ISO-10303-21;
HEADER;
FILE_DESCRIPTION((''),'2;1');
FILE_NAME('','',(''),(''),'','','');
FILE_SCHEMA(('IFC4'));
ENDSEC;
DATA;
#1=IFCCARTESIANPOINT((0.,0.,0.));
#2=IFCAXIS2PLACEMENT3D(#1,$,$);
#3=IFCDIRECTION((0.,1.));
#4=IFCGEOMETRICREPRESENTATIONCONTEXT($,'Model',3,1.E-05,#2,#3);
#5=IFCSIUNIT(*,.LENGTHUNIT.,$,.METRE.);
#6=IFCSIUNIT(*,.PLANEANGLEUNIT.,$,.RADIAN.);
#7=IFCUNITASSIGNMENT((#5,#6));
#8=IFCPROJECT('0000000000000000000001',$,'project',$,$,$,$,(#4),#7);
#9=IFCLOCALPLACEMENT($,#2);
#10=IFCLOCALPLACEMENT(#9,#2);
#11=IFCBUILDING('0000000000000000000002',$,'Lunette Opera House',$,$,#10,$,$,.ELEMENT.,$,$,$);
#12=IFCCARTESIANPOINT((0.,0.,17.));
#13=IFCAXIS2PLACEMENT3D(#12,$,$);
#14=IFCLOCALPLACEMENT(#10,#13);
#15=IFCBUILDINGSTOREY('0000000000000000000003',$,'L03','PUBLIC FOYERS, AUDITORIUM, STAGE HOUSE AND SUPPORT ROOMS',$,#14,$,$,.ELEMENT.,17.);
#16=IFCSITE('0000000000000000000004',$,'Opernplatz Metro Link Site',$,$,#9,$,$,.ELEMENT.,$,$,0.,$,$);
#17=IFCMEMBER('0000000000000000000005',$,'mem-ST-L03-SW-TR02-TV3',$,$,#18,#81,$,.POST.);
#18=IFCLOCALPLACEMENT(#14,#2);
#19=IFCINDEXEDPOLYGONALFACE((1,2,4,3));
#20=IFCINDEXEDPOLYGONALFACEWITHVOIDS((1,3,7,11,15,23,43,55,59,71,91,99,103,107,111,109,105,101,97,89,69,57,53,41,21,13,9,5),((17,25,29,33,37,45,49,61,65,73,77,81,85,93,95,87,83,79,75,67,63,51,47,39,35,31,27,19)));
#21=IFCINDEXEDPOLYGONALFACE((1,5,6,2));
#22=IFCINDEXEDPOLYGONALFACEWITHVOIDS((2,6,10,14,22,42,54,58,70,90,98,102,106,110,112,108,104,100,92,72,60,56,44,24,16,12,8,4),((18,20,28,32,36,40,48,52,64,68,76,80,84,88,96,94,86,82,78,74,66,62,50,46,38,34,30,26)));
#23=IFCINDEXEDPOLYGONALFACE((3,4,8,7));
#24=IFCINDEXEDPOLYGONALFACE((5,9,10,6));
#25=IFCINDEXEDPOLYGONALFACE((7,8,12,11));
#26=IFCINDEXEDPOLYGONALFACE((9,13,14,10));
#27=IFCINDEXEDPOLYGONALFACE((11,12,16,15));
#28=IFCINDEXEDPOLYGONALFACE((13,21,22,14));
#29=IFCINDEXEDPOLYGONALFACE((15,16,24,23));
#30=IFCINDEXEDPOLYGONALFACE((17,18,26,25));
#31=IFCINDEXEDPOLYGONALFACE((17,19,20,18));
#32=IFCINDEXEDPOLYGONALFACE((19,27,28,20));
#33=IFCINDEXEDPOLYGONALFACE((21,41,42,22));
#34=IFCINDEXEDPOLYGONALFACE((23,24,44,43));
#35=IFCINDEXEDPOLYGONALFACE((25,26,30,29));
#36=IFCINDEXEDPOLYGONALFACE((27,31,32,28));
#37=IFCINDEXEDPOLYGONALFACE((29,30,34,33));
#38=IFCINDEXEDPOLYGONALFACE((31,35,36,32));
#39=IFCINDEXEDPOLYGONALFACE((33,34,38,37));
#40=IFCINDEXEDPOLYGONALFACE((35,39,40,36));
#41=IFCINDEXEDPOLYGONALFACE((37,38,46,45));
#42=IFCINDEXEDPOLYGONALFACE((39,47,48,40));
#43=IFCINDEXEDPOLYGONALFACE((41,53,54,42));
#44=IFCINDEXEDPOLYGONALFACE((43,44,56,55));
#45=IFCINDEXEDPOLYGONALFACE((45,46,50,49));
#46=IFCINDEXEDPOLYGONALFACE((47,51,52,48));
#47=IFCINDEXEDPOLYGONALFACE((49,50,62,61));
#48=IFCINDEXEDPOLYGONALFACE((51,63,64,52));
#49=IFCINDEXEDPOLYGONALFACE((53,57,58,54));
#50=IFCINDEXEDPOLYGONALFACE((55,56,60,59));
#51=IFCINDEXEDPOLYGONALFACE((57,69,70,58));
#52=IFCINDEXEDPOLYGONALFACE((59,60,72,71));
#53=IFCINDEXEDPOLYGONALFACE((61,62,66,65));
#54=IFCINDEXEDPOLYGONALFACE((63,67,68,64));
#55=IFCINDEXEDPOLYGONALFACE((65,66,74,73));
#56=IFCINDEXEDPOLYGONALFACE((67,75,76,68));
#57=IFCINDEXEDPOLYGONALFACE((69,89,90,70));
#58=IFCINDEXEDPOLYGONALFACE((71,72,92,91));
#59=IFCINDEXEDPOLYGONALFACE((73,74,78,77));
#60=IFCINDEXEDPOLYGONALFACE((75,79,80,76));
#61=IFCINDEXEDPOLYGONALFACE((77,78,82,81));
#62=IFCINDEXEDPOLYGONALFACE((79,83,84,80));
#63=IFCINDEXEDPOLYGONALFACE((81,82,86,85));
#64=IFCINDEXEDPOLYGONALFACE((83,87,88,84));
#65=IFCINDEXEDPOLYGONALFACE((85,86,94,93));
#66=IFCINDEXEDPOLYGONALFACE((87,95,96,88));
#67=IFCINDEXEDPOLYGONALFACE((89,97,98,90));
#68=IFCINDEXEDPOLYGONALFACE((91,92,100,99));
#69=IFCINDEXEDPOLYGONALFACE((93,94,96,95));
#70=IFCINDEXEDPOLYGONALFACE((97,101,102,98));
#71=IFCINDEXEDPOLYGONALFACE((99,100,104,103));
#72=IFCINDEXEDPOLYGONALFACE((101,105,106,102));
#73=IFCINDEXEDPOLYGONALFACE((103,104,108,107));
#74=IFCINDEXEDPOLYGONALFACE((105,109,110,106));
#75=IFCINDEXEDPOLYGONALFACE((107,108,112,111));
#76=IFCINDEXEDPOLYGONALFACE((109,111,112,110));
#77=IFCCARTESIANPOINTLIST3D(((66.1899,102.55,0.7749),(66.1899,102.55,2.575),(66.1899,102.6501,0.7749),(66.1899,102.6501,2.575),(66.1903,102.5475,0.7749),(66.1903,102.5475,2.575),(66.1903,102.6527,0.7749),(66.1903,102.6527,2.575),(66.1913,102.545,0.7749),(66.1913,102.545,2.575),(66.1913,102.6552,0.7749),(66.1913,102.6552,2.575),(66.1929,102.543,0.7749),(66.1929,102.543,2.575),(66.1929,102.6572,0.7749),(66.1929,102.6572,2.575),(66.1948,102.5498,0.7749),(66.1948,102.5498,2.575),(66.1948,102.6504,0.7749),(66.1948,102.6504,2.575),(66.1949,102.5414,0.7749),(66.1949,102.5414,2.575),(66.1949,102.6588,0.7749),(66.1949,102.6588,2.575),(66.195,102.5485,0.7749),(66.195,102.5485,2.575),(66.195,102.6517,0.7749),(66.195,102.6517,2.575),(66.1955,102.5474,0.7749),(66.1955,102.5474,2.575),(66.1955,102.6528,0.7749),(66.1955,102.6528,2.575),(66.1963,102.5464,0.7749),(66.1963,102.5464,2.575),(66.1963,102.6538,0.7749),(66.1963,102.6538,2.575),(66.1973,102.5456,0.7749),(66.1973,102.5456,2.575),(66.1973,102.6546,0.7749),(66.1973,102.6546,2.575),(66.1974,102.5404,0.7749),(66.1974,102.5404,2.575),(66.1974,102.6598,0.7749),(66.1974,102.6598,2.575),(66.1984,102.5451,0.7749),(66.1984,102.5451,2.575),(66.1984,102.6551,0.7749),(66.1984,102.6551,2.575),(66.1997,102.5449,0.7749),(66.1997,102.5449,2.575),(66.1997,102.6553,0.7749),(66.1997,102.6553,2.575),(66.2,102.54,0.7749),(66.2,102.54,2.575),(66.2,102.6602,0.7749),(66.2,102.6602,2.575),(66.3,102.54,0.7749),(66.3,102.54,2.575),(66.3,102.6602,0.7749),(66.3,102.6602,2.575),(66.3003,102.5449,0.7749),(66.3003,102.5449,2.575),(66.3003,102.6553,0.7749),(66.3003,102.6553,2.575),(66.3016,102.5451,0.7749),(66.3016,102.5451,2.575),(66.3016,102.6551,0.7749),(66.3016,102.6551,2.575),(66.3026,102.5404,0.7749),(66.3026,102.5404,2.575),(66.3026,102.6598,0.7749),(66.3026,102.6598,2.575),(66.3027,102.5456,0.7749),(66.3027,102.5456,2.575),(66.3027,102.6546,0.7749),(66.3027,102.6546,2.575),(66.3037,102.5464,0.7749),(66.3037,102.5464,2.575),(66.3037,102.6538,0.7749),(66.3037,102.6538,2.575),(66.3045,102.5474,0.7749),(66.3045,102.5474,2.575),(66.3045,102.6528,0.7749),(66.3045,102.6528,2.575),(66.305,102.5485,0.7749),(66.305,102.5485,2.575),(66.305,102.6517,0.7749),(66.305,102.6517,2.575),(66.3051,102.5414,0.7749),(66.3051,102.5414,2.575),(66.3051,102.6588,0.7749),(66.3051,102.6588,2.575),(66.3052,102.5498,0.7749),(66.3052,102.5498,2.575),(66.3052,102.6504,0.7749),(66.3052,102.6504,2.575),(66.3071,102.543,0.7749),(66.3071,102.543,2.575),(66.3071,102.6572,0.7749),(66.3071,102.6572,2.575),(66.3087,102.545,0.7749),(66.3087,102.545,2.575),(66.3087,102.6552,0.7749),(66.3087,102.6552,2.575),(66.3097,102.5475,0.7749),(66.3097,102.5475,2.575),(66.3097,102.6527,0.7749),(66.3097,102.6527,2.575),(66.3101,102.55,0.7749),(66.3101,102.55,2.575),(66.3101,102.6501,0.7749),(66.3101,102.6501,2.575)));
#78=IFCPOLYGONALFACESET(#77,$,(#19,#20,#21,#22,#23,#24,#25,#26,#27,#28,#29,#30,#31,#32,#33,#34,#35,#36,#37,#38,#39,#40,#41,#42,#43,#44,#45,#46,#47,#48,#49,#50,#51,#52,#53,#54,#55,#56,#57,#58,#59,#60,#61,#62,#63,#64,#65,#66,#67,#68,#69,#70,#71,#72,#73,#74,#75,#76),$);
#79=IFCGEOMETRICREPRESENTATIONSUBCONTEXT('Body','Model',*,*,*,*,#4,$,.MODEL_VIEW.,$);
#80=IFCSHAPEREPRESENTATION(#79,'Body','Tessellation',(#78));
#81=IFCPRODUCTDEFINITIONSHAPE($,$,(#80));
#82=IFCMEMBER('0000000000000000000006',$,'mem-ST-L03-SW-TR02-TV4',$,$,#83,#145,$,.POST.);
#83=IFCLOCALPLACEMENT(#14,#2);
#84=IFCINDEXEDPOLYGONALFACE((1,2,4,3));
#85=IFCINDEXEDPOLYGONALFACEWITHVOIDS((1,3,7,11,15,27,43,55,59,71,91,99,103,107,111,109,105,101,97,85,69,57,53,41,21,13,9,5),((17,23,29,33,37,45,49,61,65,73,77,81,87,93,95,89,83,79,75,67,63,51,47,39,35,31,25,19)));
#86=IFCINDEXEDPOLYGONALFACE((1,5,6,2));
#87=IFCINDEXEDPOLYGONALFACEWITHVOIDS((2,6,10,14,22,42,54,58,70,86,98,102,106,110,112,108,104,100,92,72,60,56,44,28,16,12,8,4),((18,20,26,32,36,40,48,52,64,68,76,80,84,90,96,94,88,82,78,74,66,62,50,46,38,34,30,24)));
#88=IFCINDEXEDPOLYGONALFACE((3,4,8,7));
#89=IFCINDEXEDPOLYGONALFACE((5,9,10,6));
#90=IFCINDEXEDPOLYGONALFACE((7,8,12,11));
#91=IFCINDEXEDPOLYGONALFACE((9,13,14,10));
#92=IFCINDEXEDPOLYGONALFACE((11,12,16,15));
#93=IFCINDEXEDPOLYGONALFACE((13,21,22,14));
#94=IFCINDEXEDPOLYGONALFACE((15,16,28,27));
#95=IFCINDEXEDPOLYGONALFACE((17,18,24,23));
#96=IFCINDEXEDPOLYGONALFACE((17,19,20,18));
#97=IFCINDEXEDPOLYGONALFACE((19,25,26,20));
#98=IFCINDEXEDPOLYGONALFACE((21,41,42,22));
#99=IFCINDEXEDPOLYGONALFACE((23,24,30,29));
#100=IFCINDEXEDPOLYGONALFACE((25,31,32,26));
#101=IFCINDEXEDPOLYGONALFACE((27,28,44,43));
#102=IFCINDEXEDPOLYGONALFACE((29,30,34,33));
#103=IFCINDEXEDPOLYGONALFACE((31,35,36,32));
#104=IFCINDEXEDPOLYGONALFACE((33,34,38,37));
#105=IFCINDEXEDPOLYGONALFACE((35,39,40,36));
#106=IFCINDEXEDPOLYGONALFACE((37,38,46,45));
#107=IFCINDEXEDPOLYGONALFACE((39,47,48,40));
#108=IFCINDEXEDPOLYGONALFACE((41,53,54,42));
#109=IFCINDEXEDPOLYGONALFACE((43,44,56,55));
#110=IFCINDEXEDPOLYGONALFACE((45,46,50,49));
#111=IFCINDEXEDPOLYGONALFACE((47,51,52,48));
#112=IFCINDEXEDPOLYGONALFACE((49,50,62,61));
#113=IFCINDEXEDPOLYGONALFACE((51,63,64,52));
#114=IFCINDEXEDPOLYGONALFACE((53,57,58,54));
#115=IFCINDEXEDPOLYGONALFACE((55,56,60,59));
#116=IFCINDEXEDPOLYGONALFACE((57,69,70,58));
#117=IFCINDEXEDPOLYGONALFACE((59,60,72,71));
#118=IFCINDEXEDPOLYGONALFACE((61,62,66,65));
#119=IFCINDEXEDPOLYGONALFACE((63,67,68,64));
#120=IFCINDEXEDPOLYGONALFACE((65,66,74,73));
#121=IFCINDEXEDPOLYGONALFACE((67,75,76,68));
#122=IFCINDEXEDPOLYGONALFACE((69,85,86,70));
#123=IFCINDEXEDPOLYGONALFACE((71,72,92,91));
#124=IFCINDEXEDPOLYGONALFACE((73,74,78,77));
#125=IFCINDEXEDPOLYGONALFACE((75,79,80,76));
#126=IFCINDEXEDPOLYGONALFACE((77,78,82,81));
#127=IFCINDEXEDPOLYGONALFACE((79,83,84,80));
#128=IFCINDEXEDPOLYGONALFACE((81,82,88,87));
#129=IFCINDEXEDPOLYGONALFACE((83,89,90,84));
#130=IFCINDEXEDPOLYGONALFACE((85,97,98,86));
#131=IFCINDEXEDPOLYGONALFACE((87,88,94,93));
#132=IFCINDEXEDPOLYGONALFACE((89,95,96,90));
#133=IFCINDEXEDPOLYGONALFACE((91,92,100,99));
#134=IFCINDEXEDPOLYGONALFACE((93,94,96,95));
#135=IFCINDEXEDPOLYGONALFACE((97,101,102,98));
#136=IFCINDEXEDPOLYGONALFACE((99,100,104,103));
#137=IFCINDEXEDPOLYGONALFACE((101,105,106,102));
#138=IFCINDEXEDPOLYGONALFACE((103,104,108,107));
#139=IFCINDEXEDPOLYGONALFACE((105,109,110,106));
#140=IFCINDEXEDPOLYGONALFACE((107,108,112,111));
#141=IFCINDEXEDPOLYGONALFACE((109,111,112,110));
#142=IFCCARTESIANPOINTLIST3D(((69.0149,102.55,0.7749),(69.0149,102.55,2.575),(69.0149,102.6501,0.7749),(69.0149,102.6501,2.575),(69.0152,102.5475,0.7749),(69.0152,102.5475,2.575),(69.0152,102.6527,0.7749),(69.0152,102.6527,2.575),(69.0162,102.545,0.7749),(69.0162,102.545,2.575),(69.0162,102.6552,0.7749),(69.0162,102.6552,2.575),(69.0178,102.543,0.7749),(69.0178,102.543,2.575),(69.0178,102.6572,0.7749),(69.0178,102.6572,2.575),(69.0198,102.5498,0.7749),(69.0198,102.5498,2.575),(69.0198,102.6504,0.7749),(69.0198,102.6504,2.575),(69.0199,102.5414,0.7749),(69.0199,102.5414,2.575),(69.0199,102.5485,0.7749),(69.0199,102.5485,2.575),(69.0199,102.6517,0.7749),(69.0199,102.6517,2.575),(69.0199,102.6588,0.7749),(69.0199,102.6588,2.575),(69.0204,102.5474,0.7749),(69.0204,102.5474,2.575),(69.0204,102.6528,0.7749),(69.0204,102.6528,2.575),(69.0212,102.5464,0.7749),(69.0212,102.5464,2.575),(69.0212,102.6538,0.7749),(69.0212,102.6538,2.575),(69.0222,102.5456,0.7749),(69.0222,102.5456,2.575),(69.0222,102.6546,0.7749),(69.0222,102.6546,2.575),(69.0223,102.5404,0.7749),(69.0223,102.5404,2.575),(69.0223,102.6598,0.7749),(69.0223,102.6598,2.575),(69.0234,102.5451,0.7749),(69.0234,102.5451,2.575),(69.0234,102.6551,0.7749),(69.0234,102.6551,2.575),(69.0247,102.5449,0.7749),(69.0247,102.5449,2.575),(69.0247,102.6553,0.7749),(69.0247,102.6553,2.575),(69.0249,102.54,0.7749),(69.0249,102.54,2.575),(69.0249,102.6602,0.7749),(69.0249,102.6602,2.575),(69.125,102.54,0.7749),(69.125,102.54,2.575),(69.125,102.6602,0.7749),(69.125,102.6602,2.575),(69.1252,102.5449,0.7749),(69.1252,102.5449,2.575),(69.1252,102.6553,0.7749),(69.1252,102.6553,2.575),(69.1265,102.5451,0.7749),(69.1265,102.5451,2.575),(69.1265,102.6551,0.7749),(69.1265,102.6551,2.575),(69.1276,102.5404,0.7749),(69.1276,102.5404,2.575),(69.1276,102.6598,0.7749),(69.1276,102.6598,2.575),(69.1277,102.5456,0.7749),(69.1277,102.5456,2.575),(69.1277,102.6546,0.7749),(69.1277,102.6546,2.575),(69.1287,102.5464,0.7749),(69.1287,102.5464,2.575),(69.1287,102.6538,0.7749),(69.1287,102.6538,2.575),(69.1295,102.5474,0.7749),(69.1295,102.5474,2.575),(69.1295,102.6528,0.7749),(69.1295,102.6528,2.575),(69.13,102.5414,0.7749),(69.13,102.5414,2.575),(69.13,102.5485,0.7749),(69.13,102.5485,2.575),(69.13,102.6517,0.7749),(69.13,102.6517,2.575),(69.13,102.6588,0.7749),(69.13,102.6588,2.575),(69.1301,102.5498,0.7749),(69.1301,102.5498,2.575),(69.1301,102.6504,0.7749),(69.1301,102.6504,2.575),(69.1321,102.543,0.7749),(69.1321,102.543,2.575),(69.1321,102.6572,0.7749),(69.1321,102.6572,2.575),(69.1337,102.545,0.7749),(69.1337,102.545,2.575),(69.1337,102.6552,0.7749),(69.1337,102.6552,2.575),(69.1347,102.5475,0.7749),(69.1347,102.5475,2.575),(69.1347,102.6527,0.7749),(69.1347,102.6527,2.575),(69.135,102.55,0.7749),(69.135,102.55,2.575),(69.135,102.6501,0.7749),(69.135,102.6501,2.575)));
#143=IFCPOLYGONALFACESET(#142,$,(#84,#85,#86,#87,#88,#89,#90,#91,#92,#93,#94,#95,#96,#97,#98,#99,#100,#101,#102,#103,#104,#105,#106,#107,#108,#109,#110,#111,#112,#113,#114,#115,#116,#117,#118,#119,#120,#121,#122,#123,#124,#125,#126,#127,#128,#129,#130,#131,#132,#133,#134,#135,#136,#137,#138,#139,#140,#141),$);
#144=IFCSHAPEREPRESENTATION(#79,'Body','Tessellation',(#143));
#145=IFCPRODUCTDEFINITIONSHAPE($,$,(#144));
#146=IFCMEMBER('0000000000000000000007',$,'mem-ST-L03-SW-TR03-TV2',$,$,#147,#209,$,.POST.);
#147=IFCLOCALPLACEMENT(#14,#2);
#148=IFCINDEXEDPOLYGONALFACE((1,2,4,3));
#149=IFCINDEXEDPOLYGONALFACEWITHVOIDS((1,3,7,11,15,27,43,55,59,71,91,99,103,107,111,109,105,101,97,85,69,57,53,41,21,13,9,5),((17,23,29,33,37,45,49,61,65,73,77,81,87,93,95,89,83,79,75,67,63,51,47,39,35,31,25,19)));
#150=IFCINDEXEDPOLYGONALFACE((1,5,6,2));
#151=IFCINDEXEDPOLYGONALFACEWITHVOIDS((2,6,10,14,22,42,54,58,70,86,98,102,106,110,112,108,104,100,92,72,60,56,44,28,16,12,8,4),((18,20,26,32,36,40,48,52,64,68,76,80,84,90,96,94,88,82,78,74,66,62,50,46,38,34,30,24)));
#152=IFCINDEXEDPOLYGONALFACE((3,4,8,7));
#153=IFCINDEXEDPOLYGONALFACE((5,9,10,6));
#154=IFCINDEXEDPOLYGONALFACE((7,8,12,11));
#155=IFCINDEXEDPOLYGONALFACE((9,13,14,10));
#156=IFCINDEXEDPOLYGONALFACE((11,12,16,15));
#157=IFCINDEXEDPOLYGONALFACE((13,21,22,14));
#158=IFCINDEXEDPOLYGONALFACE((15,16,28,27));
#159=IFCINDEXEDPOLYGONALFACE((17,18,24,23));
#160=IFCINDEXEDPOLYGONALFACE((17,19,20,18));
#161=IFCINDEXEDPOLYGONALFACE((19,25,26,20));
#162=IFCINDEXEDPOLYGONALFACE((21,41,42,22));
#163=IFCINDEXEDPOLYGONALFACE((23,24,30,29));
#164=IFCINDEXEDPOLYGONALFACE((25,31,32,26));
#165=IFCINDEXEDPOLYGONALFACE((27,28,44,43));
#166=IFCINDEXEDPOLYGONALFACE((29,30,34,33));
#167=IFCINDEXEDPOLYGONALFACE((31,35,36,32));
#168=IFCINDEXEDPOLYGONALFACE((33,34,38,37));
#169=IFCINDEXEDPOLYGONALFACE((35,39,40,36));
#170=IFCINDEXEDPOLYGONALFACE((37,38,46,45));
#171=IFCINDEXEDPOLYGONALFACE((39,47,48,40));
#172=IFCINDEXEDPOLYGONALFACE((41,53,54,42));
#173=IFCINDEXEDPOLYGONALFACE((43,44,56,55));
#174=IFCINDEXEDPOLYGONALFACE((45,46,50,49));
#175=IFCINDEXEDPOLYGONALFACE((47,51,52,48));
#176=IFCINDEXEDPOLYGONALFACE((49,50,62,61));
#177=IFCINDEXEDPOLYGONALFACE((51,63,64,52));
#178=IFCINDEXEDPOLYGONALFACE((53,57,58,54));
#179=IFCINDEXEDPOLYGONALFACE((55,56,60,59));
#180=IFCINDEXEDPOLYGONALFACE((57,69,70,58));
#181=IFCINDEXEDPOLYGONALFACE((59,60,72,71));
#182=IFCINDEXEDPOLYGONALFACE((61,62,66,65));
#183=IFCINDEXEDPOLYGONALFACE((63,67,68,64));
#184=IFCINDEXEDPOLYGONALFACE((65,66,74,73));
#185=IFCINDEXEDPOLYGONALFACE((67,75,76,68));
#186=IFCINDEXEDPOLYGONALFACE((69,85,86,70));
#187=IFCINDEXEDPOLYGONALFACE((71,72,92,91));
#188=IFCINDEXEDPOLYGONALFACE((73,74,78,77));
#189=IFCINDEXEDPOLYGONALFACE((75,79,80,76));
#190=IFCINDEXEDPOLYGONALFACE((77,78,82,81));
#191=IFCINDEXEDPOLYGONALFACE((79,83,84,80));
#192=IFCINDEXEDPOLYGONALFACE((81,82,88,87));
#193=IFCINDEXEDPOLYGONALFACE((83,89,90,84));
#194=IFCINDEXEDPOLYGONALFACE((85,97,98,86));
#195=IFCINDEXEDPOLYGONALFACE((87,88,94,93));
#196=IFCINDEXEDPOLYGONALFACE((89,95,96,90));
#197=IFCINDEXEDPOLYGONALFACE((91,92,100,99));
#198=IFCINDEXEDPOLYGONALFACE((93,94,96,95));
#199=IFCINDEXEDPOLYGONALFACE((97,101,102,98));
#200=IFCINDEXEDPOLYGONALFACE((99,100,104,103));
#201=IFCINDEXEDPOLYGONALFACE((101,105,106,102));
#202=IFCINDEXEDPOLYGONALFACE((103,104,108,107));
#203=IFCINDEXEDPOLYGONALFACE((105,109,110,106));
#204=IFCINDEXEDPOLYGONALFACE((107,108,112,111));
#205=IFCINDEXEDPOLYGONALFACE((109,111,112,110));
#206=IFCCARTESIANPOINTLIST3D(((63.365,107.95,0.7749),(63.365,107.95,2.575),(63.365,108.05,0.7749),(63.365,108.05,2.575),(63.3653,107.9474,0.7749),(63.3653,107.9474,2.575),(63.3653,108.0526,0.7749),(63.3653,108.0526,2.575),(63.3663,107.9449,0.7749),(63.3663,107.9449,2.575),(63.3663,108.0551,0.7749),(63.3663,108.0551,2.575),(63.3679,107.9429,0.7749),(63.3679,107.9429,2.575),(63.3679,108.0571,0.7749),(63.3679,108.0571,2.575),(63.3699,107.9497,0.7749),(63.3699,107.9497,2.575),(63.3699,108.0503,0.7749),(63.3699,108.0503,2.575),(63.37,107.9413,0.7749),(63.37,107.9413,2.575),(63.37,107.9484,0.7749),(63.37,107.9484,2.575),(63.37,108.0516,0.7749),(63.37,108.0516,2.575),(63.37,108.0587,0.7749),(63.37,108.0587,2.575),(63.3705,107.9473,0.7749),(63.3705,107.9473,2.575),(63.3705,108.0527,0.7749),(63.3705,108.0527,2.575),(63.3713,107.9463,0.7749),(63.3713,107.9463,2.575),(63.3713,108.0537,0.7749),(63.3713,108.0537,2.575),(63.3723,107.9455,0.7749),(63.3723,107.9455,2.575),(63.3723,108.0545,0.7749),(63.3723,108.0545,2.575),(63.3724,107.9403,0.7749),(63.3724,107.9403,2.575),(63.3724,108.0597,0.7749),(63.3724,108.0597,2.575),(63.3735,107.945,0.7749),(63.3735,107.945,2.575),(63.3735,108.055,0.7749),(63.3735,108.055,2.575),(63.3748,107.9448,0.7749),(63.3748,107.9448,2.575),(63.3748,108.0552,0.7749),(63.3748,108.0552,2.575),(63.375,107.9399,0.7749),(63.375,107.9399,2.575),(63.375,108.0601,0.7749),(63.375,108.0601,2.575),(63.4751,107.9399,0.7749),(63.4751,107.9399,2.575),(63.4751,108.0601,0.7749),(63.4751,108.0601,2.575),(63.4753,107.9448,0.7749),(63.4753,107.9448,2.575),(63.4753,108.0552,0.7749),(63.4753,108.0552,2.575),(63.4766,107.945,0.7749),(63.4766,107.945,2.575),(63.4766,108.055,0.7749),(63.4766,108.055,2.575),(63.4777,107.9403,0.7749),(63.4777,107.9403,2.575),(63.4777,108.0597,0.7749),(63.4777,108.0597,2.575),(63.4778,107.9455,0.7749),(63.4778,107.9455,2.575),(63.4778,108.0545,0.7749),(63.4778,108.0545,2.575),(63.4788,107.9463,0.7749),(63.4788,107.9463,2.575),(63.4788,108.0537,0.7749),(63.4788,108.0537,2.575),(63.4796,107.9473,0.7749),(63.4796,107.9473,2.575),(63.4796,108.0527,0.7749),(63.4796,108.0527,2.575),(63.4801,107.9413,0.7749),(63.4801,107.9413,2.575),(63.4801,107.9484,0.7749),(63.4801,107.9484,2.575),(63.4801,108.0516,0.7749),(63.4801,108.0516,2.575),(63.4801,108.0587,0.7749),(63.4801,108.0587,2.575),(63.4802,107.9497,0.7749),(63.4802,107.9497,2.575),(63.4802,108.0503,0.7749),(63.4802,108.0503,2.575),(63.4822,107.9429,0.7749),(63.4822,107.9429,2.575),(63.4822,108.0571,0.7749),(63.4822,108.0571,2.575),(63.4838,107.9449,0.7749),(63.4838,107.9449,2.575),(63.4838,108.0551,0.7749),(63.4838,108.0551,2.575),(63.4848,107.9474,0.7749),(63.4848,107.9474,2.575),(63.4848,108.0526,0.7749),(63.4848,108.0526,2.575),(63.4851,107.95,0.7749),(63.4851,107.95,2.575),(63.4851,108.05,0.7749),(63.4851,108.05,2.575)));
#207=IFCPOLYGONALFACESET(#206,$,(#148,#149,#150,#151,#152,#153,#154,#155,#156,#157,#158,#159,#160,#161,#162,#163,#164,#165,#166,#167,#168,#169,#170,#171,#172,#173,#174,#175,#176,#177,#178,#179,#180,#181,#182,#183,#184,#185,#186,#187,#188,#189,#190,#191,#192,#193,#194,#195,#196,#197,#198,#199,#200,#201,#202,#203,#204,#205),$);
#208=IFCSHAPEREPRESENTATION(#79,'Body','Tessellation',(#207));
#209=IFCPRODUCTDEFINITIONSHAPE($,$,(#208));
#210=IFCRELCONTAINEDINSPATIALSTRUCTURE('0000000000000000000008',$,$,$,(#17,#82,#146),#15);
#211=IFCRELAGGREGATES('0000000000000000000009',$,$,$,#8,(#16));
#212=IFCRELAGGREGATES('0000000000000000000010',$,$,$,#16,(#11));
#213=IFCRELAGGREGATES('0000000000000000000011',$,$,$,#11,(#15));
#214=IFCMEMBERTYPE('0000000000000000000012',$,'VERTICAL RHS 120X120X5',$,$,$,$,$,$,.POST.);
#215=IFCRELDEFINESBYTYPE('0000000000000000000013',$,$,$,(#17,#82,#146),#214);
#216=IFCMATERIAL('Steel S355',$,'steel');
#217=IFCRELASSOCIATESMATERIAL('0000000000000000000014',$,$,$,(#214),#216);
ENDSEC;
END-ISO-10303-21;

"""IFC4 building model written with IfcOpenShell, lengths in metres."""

from ifc_helpers import new_model, si_unit, direction, frame, origin, origin_2d, place, context, subcontext, project, spatial, hollow_rectangle, extrude, material, material_profile, profile_set, type_object, element, save


model = new_model("IFC4")

# Units and contexts
model_context = context("Model", 3, precision=1e-05, world=origin(), true_north=direction((0.0, 1.0)))
body_context = subcontext(model_context, "Body", "Model", "MODEL_VIEW")
ifc_project = project(units=[si_unit("LENGTHUNIT", "METRE"), si_unit("PLANEANGLEUNIT", "RADIAN")], contexts=[model_context])

# Site, building, storey
site_placement = place(None, origin())
site = spatial("IfcSite", under=ifc_project, at=site_placement, Name="Opernplatz Metro Link Site", CompositionType="ELEMENT", RefElevation=0.0)
building_placement = place(site_placement, origin())
building = spatial("IfcBuilding", under=site, at=building_placement, Name="Lunette Opera House", CompositionType="ELEMENT")
storey_placement = place(building_placement, frame((0.0, 0.0, 17.0)))
storey = spatial("IfcBuildingStorey", under=building, at=storey_placement, Name="L03", Description="PUBLIC FOYERS, AUDITORIUM, STAGE HOUSE AND SUPPORT ROOMS", CompositionType="ELEMENT", Elevation=17.0)

# Members
ifc_material_1 = material(Name="Steel S355", Category="steel")
ifc_material_profile_1 = material_profile(ifc_material_1, hollow_rectangle(XDim=0.1201, YDim=0.1201, WallThickness=0.0049, InnerFilletRadius=0.0049, OuterFilletRadius=0.01, at=origin_2d()), Name="RHS 120X120X5")
ifc_profile_set_1 = profile_set([ifc_material_profile_1], Name="Steel S355")
member_type_1 = type_object("IfcMemberType", Name="VERTICAL RHS 120X120X5", PredefinedType="POST", material=ifc_profile_set_1)
for number, where, z_axis, x_axis, name in (
    (1, (66.25, 102.6001, 0.7749), (0.0, 0.0, 1.0), (1.0, 0.0, 0.0), "mem-ST-L03-SW-TR02-TV3"),
    (2, (69.075, 102.6001, 0.7749), (0.0, 0.0, 1.0), (1.0, 0.0, 0.0), "mem-ST-L03-SW-TR02-TV4"),
    (3, (63.425, 108.0, 0.7749), (0.0, 0.0, 1.0), (1.0, 0.0, 0.0), "mem-ST-L03-SW-TR03-TV2"),
):
    element("IfcMember", number, at=place(storey_placement, frame(where, z_axis=z_axis, x_axis=x_axis)), inside=storey, type_object=member_type_1, Name=name, PredefinedType="POST", context=body_context, shape_type="SweptSolid", body=[
        extrude(hollow_rectangle(XDim=0.1201, YDim=0.1201, WallThickness=0.0049, InnerFilletRadius=0.0049, OuterFilletRadius=0.01, at=origin_2d()), origin(), (0.0, 0.0, 1.0), 1.8),
    ])

save(model, "model.ifc")
